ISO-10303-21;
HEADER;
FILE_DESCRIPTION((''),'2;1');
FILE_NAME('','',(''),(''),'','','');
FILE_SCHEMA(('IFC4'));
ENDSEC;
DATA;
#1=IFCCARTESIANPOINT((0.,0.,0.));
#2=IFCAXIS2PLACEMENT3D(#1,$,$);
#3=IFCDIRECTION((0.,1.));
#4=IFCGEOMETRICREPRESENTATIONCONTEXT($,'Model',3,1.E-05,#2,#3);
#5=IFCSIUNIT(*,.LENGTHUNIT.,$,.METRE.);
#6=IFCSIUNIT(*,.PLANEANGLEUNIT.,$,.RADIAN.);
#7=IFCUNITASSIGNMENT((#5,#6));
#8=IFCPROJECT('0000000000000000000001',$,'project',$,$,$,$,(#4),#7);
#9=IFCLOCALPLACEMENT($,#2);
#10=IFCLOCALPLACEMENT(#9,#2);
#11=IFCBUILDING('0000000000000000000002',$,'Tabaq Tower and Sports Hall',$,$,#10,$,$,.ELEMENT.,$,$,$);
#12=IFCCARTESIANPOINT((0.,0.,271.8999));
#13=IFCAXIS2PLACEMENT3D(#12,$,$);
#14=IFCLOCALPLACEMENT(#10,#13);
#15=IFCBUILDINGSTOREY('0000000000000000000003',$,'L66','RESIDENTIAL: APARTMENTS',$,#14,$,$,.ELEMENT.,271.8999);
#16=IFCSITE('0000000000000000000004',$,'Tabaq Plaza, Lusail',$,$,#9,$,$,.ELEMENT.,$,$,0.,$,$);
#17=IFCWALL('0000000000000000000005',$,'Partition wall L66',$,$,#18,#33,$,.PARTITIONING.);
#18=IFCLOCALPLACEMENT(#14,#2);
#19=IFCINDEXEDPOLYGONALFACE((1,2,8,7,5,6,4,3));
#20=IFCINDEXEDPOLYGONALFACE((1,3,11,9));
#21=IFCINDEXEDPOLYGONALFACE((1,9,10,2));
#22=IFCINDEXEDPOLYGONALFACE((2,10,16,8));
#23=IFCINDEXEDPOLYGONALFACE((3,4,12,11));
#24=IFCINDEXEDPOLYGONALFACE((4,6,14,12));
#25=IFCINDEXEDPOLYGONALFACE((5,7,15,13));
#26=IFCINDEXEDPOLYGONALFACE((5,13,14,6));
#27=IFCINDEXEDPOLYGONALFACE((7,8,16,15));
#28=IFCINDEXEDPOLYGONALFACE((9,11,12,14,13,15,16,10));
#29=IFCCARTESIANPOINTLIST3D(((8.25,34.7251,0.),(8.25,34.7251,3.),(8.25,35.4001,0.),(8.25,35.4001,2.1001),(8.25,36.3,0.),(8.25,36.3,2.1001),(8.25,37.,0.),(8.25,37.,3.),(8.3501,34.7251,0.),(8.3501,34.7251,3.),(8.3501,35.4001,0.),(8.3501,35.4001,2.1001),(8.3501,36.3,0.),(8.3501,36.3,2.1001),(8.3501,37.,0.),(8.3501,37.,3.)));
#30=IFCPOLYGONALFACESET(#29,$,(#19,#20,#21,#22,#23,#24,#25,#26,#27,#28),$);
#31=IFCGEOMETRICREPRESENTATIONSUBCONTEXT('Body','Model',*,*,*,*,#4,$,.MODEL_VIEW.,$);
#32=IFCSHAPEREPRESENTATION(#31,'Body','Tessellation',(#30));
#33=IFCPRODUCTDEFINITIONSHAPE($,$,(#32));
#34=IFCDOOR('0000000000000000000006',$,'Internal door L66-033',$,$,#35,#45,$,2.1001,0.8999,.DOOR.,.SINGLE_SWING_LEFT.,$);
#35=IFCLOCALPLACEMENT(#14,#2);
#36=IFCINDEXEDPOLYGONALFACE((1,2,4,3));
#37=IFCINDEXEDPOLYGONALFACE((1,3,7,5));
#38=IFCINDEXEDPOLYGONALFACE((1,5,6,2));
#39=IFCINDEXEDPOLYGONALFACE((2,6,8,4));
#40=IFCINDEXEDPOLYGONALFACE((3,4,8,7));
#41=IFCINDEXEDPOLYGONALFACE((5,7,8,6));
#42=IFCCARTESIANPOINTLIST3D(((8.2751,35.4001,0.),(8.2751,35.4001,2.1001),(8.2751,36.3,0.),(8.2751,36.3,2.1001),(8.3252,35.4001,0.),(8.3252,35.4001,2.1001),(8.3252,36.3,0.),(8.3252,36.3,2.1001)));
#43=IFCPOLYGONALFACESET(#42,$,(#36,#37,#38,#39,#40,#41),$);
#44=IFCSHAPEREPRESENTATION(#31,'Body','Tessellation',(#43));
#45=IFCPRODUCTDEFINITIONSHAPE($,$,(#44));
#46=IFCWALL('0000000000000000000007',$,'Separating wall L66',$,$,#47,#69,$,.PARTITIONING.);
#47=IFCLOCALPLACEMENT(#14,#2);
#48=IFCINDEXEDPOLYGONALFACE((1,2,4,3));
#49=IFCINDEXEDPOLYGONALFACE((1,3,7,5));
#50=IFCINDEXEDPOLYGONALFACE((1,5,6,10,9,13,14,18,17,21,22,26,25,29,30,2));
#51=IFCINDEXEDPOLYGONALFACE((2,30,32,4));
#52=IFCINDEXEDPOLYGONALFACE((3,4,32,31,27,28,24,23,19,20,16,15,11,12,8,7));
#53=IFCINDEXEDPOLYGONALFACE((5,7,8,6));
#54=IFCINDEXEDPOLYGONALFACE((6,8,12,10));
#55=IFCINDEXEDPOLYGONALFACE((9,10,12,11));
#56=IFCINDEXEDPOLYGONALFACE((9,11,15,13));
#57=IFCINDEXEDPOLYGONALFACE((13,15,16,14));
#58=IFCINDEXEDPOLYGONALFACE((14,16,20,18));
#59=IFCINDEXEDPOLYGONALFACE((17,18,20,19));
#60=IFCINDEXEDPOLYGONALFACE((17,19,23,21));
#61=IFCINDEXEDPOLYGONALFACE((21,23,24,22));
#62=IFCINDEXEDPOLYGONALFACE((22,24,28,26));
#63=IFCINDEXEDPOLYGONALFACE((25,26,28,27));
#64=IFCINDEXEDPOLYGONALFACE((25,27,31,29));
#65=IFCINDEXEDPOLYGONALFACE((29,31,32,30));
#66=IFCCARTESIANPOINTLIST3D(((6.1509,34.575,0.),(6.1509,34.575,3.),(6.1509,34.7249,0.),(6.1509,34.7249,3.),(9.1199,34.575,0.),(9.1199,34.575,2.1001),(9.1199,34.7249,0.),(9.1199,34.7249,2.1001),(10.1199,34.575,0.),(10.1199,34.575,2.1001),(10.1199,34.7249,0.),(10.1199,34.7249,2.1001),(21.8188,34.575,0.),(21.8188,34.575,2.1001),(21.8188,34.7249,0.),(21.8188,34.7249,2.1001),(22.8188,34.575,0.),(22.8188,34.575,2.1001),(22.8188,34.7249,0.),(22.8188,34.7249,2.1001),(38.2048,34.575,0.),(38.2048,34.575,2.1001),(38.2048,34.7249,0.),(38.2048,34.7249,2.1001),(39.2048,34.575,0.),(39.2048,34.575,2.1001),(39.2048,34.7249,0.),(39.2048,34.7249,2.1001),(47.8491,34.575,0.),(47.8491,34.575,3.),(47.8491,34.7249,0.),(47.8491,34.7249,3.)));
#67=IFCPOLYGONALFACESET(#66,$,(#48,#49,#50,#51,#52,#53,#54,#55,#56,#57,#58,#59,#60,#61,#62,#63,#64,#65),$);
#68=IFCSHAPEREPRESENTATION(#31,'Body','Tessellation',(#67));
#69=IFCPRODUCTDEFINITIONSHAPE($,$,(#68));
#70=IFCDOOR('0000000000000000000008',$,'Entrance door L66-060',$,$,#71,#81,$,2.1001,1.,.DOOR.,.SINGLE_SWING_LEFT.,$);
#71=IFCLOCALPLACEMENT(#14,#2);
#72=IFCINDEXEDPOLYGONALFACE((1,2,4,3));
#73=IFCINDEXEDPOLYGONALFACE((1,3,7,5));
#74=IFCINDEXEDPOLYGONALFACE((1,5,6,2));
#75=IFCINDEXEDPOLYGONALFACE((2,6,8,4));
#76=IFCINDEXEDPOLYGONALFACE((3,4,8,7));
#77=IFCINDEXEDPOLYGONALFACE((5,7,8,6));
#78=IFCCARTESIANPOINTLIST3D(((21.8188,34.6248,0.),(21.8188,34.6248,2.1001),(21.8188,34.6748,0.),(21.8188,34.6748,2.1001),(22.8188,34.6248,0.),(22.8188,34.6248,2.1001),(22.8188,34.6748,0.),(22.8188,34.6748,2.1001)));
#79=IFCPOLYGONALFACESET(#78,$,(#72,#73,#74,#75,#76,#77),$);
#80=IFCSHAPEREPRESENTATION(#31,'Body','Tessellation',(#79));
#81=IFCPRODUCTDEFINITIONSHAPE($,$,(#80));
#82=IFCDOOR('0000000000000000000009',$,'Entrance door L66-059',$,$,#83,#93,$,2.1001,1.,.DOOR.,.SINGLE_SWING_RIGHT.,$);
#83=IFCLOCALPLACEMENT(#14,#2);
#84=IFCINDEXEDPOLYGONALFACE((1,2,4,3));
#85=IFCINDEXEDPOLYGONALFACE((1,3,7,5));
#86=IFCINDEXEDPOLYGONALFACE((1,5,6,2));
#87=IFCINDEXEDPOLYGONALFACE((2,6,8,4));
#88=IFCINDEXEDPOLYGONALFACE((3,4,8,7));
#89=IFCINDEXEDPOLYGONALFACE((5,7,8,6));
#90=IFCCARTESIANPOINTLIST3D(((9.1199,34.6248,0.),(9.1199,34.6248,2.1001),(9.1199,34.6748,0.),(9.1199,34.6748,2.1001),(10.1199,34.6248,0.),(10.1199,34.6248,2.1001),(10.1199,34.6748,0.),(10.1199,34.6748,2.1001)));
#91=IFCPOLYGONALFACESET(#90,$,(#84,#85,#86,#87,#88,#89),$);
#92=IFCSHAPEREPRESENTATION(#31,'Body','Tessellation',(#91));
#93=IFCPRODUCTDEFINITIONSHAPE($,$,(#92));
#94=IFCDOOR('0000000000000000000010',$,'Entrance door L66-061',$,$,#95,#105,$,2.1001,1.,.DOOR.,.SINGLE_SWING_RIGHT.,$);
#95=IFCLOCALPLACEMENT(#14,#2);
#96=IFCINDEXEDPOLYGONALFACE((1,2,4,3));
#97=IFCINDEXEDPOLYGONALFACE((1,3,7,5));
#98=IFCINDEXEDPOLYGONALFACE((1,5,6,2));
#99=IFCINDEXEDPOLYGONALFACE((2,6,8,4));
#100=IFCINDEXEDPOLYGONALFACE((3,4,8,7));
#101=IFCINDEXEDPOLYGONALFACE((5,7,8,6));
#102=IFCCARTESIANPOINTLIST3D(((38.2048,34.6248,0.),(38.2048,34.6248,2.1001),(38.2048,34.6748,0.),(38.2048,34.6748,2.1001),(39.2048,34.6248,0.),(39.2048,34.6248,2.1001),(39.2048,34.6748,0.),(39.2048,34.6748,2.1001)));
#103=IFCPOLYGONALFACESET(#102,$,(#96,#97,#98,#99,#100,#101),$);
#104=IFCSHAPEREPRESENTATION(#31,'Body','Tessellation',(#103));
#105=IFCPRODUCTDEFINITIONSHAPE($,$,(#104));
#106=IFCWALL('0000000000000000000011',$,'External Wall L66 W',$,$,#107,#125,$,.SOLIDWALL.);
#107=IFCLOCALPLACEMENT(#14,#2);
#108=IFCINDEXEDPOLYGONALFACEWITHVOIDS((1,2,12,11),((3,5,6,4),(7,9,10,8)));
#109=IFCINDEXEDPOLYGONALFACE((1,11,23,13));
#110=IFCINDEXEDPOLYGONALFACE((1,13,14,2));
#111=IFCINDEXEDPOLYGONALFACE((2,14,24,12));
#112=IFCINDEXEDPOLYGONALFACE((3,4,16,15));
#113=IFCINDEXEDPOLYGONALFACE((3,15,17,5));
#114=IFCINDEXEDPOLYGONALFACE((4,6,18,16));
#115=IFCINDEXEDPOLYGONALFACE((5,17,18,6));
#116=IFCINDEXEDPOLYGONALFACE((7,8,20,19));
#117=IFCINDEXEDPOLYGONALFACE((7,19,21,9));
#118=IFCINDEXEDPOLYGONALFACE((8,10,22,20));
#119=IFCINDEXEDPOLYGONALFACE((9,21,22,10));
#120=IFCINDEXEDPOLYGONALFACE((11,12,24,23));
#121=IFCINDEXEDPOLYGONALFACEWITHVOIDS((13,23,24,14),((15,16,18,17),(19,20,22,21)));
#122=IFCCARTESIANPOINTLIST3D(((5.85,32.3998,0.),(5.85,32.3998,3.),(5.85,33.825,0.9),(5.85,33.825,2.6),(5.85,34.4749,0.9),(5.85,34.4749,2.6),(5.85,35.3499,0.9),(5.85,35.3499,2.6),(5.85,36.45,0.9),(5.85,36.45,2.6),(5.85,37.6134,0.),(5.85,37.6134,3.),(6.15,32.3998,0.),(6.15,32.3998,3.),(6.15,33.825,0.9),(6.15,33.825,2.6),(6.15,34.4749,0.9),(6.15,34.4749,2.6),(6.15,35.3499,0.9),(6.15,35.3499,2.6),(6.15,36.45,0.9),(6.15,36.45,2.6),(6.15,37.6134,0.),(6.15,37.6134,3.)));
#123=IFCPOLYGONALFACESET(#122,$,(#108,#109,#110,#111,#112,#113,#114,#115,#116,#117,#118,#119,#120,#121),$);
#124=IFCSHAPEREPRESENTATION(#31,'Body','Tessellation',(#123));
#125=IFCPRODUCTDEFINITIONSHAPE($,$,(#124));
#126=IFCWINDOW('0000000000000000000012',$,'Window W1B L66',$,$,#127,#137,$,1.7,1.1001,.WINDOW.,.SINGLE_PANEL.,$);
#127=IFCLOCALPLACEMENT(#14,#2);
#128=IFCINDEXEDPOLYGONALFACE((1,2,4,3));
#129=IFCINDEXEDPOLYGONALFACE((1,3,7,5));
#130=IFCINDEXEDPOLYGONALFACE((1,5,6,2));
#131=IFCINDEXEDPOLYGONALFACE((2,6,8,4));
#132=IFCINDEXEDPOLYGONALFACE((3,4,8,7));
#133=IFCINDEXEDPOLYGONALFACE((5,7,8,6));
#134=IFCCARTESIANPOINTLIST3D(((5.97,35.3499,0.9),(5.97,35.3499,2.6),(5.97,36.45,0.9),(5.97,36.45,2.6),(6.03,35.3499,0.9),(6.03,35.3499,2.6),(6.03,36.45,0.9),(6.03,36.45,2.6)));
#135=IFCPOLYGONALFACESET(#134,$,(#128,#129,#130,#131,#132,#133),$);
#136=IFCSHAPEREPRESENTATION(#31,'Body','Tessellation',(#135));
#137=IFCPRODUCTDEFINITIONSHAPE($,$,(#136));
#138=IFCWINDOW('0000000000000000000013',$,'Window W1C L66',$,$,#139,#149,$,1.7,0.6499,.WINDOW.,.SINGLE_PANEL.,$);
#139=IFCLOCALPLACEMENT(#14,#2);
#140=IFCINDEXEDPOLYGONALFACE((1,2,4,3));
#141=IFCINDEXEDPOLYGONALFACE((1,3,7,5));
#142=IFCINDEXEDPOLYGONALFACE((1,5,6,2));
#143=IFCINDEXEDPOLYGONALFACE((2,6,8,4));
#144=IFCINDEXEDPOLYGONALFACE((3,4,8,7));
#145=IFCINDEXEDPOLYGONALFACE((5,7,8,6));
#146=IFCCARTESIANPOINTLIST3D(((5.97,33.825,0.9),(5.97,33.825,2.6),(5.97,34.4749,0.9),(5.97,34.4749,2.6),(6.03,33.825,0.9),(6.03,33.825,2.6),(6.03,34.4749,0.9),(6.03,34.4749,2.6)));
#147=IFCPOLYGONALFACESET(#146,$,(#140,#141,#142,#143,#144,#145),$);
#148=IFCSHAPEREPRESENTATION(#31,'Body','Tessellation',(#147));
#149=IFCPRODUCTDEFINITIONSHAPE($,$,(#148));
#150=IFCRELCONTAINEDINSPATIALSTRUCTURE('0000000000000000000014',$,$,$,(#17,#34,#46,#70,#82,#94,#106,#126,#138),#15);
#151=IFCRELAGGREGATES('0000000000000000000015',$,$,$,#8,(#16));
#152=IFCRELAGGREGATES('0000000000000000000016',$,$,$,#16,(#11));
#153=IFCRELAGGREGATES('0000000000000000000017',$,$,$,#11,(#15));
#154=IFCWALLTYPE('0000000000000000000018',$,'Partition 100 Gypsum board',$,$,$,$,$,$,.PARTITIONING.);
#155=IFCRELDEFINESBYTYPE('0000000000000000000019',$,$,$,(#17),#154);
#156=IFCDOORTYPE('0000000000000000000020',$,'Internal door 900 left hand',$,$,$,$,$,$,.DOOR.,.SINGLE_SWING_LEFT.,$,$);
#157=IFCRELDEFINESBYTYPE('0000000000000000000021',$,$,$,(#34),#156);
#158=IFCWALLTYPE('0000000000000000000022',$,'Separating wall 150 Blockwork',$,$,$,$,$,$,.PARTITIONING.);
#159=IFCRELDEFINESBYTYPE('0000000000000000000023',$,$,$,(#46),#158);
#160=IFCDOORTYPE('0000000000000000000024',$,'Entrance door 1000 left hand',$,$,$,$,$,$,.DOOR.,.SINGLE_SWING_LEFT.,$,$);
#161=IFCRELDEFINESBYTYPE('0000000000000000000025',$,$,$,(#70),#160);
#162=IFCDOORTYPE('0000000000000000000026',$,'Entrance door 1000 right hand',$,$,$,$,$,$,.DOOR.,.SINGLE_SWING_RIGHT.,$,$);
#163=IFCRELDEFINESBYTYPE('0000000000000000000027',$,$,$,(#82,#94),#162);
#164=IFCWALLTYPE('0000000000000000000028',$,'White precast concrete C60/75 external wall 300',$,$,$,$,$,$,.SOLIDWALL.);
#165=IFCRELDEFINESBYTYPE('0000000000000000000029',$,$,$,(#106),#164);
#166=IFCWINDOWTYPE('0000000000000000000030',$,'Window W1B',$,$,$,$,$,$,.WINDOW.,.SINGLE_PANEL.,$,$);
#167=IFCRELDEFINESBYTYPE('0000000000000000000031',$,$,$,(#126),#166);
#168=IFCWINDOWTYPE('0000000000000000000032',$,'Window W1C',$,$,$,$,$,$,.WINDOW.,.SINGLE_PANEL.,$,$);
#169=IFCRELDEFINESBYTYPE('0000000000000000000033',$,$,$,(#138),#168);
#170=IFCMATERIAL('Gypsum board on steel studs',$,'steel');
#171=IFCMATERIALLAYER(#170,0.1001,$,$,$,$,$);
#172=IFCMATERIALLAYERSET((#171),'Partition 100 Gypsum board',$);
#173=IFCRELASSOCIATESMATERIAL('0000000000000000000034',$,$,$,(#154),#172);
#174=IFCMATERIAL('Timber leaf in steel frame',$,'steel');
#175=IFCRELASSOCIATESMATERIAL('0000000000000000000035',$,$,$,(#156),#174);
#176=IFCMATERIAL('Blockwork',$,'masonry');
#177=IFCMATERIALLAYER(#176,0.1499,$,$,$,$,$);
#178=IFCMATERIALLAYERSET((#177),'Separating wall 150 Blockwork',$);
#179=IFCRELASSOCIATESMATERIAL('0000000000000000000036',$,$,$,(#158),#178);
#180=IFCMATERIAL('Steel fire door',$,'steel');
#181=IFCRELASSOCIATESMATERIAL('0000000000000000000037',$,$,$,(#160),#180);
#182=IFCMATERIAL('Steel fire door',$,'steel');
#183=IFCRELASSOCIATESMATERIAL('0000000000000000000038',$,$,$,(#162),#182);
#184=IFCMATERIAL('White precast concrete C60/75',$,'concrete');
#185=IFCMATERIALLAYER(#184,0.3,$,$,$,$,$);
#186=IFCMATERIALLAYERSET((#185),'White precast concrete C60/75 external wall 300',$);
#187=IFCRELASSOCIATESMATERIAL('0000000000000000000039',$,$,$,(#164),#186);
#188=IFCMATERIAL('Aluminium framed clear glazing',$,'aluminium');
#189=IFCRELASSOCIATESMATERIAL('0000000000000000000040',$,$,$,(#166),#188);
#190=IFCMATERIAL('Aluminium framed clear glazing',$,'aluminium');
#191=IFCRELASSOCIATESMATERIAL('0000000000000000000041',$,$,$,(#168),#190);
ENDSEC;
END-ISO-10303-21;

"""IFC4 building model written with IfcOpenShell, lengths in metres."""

from ifc_helpers import new_model, si_unit, direction, frame, frame_2d, origin, place, context, subcontext, project, spatial, rectangle, extrude, material, layer, layer_set, type_object, element, fill, save


model = new_model("IFC4")

# Units and contexts
model_context = context("Model", 3, precision=1e-05, world=origin(), true_north=direction((0.0, 1.0)))
body_context = subcontext(model_context, "Body", "Model", "MODEL_VIEW")
ifc_project = project(units=[si_unit("LENGTHUNIT", "METRE"), si_unit("PLANEANGLEUNIT", "RADIAN")], contexts=[model_context])

# Site, building, storey
site_placement = place(None, origin())
site = spatial("IfcSite", under=ifc_project, at=site_placement, Name="Tabaq Plaza, Lusail", CompositionType="ELEMENT", RefElevation=0.0)
building_placement = place(site_placement, origin())
building = spatial("IfcBuilding", under=site, at=building_placement, Name="Tabaq Tower and Sports Hall", CompositionType="ELEMENT")
storey_placement = place(building_placement, frame((0.0, 0.0, 271.8999)))
storey = spatial("IfcBuildingStorey", under=building, at=storey_placement, Name="L66", Description="RESIDENTIAL: APARTMENTS", CompositionType="ELEMENT", Elevation=271.8999)

# Shared definitions
ifc_material_1 = material(Name="Gypsum board on steel studs", Category="steel")
ifc_layer_1 = layer(ifc_material_1, 0.1001)
ifc_layer_set_1 = layer_set([ifc_layer_1], Name="Partition 100 Gypsum board")
wall_type_1 = type_object("IfcWallType", Name="Partition 100 Gypsum board", PredefinedType="PARTITIONING", material=ifc_layer_set_1)
ifc_material_2 = material(Name="Timber leaf in steel frame", Category="steel")
door_type_1 = type_object("IfcDoorType", Name="Internal door 900 left hand", OperationType="SINGLE_SWING_LEFT", PredefinedType="DOOR", material=ifc_material_2)

# Wall, opening, door
wall_1_placement = place(storey_placement, frame((8.3, 34.7251, 0.0), z_axis=(0.0, 0.0, 1.0), x_axis=(0.0, 1.0, 0.0)))
wall_1 = element("IfcWall", 1, at=wall_1_placement, inside=storey, type_object=wall_type_1, Name="Partition wall L66", PredefinedType="PARTITIONING", context=body_context, shape_type="SweptSolid", body=[
    extrude(rectangle(XDim=2.2749, YDim=0.1001, at=frame_2d((1.1375, 0.0))), origin(), (0.0, 0.0, 1.0), 3.0),
])
opening_1_placement = place(wall_1_placement, frame((0.675, 0.0, 0.0)))
opening_1 = element("IfcOpeningElement", 2, at=opening_1_placement, cuts=wall_1, PredefinedType="OPENING", context=body_context, shape_type="SweptSolid", body=[
    extrude(rectangle(XDim=0.8999, YDim=2.1001, at=frame_2d((0.45, 1.05))), frame((0.0, 0.05, 0.0), z_axis=(0.0, -1.0, 0.0), x_axis=(1.0, 0.0, 0.0)), (0.0, 0.0, 1.0), 0.1001),
])
door_1_placement = place(opening_1_placement, origin())
door_1 = element("IfcDoor", 3, at=door_1_placement, inside=storey, type_object=door_type_1, Name="Internal door L66-033", OperationType="SINGLE_SWING_LEFT", OverallHeight=2.1001, OverallWidth=0.8999, PredefinedType="DOOR", context=body_context, shape_type="SweptSolid", body=[
    extrude(rectangle(XDim=0.8999, YDim=2.1001, at=frame_2d((0.45, 1.05))), frame((0.0, 0.0249, 0.0), z_axis=(0.0, -1.0, 0.0), x_axis=(1.0, 0.0, 0.0)), (0.0, 0.0, 1.0), 0.05),
])
fill(opening_1, door_1)

# Wall, openings, doors
ifc_material_3 = material(Name="Blockwork", Category="masonry")
ifc_layer_2 = layer(ifc_material_3, 0.1499)
ifc_layer_set_2 = layer_set([ifc_layer_2], Name="Separating wall 150 Blockwork")
wall_type_2 = type_object("IfcWallType", Name="Separating wall 150 Blockwork", PredefinedType="PARTITIONING", material=ifc_layer_set_2)
wall_2_placement = place(storey_placement, frame((6.1509, 34.6499, 0.0), z_axis=(0.0, 0.0, 1.0), x_axis=(1.0, 0.0, 0.0)))
wall_2 = element("IfcWall", 4, at=wall_2_placement, inside=storey, type_object=wall_type_2, Name="Separating wall L66", PredefinedType="PARTITIONING", context=body_context, shape_type="SweptSolid", body=[
    extrude(rectangle(XDim=41.6982, YDim=0.1499, at=frame_2d((20.8491, 0.0))), origin(), (0.0, 0.0, 1.0), 3.0),
])
opening_2_placement = place(wall_2_placement, frame((2.969, 0.0, 0.0)))
opening_2 = element("IfcOpeningElement", 5, at=opening_2_placement, cuts=wall_2, PredefinedType="OPENING", context=body_context, shape_type="SweptSolid", body=[
    extrude(rectangle(XDim=1.0, YDim=2.1001, at=frame_2d((0.5, 1.05))), frame((0.0, 0.075, 0.0), z_axis=(0.0, -1.0, 0.0), x_axis=(1.0, 0.0, 0.0)), (0.0, 0.0, 1.0), 0.1499),
])
opening_3_placement = place(wall_2_placement, frame((15.668, 0.0, 0.0)))
opening_3 = element("IfcOpeningElement", 6, at=opening_3_placement, cuts=wall_2, PredefinedType="OPENING", context=body_context, shape_type="SweptSolid", body=[
    extrude(rectangle(XDim=1.0, YDim=2.1001, at=frame_2d((0.5, 1.05))), frame((0.0, 0.075, 0.0), z_axis=(0.0, -1.0, 0.0), x_axis=(1.0, 0.0, 0.0)), (0.0, 0.0, 1.0), 0.1499),
])
opening_4_placement = place(wall_2_placement, frame((32.054, 0.0, 0.0)))
opening_4 = element("IfcOpeningElement", 7, at=opening_4_placement, cuts=wall_2, PredefinedType="OPENING", context=body_context, shape_type="SweptSolid", body=[
    extrude(rectangle(XDim=1.0, YDim=2.1001, at=frame_2d((0.5, 1.05))), frame((0.0, 0.075, 0.0), z_axis=(0.0, -1.0, 0.0), x_axis=(1.0, 0.0, 0.0)), (0.0, 0.0, 1.0), 0.1499),
])
ifc_material_4 = material(Name="Steel fire door", Category="steel")
door_type_2 = type_object("IfcDoorType", Name="Entrance door 1000 left hand", OperationType="SINGLE_SWING_LEFT", PredefinedType="DOOR", material=ifc_material_4)
door_2_placement = place(opening_3_placement, origin())
door_2 = element("IfcDoor", 8, at=door_2_placement, inside=storey, type_object=door_type_2, Name="Entrance door L66-060", OperationType="SINGLE_SWING_LEFT", OverallHeight=2.1001, OverallWidth=1.0, PredefinedType="DOOR", context=body_context, shape_type="SweptSolid", body=[
    extrude(rectangle(XDim=1.0, YDim=2.1001, at=frame_2d((0.5, 1.05))), frame((0.0, 0.0249, 0.0), z_axis=(0.0, -1.0, 0.0), x_axis=(1.0, 0.0, 0.0)), (0.0, 0.0, 1.0), 0.05),
])
fill(opening_3, door_2)
ifc_material_5 = material(Name="Steel fire door", Category="steel")
door_type_3 = type_object("IfcDoorType", Name="Entrance door 1000 right hand", OperationType="SINGLE_SWING_RIGHT", PredefinedType="DOOR", material=ifc_material_5)
door_3_placement = place(opening_2_placement, origin())
door_3 = element("IfcDoor", 9, at=door_3_placement, inside=storey, type_object=door_type_3, Name="Entrance door L66-059", OperationType="SINGLE_SWING_RIGHT", OverallHeight=2.1001, OverallWidth=1.0, PredefinedType="DOOR", context=body_context, shape_type="SweptSolid", body=[
    extrude(rectangle(XDim=1.0, YDim=2.1001, at=frame_2d((0.5, 1.05))), frame((0.0, 0.0249, 0.0), z_axis=(0.0, -1.0, 0.0), x_axis=(1.0, 0.0, 0.0)), (0.0, 0.0, 1.0), 0.05),
])
fill(opening_2, door_3)
door_4_placement = place(opening_4_placement, origin())
door_4 = element("IfcDoor", 10, at=door_4_placement, inside=storey, type_object=door_type_3, Name="Entrance door L66-061", OperationType="SINGLE_SWING_RIGHT", OverallHeight=2.1001, OverallWidth=1.0, PredefinedType="DOOR", context=body_context, shape_type="SweptSolid", body=[
    extrude(rectangle(XDim=1.0, YDim=2.1001, at=frame_2d((0.5, 1.05))), frame((0.0, 0.0249, 0.0), z_axis=(0.0, -1.0, 0.0), x_axis=(1.0, 0.0, 0.0)), (0.0, 0.0, 1.0), 0.05),
])
fill(opening_4, door_4)

# Wall, openings, windows
ifc_material_6 = material(Name="White precast concrete C60/75", Category="concrete")
ifc_layer_3 = layer(ifc_material_6, 0.3)
ifc_layer_set_3 = layer_set([ifc_layer_3], Name="White precast concrete C60/75 external wall 300")
wall_type_3 = type_object("IfcWallType", Name="White precast concrete C60/75 external wall 300", PredefinedType="SOLIDWALL", material=ifc_layer_set_3)
wall_3_placement = place(storey_placement, frame((6.0, 37.6135, 0.0), z_axis=(0.0, 0.0, 1.0), x_axis=(0.0, -1.0, 0.0)))
wall_3 = element("IfcWall", 11, at=wall_3_placement, inside=storey, type_object=wall_type_3, Name="External Wall L66 W", PredefinedType="SOLIDWALL", context=body_context, shape_type="SweptSolid", body=[
    extrude(rectangle(XDim=5.2136, YDim=0.3, at=frame_2d((2.6069, 0.0))), origin(), (0.0, 0.0, 1.0), 3.0),
])
opening_5_placement = place(wall_3_placement, frame((1.1636, 0.0, 0.8999)))
opening_5 = element("IfcOpeningElement", 12, at=opening_5_placement, cuts=wall_3, PredefinedType="OPENING", context=body_context, shape_type="SweptSolid", body=[
    extrude(rectangle(XDim=1.1001, YDim=1.7, at=frame_2d((0.55, 0.8501))), frame((0.0, 0.1602, 0.0), z_axis=(0.0, -1.0, 0.0), x_axis=(1.0, 0.0, 0.0)), (0.0, 0.0, 1.0), 0.3201),
])
opening_6_placement = place(wall_3_placement, frame((3.1387, 0.0, 0.8999)))
opening_6 = element("IfcOpeningElement", 13, at=opening_6_placement, cuts=wall_3, PredefinedType="OPENING", context=body_context, shape_type="SweptSolid", body=[
    extrude(rectangle(XDim=0.6499, YDim=1.7, at=frame_2d((0.325, 0.8501))), frame((0.0, 0.1602, 0.0), z_axis=(0.0, -1.0, 0.0), x_axis=(1.0, 0.0, 0.0)), (0.0, 0.0, 1.0), 0.3201),
])
ifc_material_7 = material(Name="Aluminium framed clear glazing", Category="aluminium")
window_type_1 = type_object("IfcWindowType", Name="Window W1B", PartitioningType="SINGLE_PANEL", PredefinedType="WINDOW", material=ifc_material_7)
window_1_placement = place(opening_5_placement, origin())
window_1 = element("IfcWindow", 14, at=window_1_placement, inside=storey, type_object=window_type_1, Name="Window W1B L66", OverallHeight=1.7, OverallWidth=1.1001, PartitioningType="SINGLE_PANEL", PredefinedType="WINDOW", context=body_context, shape_type="SweptSolid", body=[
    extrude(rectangle(XDim=1.1001, YDim=1.7, at=frame_2d((0.55, 0.8501))), frame((0.0, 0.03, 0.0), z_axis=(0.0, -1.0, 0.0), x_axis=(1.0, 0.0, 0.0)), (0.0, 0.0, 1.0), 0.0601),
])
fill(opening_5, window_1)
ifc_material_8 = material(Name="Aluminium framed clear glazing", Category="aluminium")
window_type_2 = type_object("IfcWindowType", Name="Window W1C", PartitioningType="SINGLE_PANEL", PredefinedType="WINDOW", material=ifc_material_8)
window_2_placement = place(opening_6_placement, origin())
window_2 = element("IfcWindow", 15, at=window_2_placement, inside=storey, type_object=window_type_2, Name="Window W1C L66", OverallHeight=1.7, OverallWidth=0.6499, PartitioningType="SINGLE_PANEL", PredefinedType="WINDOW", context=body_context, shape_type="SweptSolid", body=[
    extrude(rectangle(XDim=0.6499, YDim=1.7, at=frame_2d((0.325, 0.8501))), frame((0.0, 0.03, 0.0), z_axis=(0.0, -1.0, 0.0), x_axis=(1.0, 0.0, 0.0)), (0.0, 0.0, 1.0), 0.0601),
])
fill(opening_6, window_2)

save(model, "model.ifc")
